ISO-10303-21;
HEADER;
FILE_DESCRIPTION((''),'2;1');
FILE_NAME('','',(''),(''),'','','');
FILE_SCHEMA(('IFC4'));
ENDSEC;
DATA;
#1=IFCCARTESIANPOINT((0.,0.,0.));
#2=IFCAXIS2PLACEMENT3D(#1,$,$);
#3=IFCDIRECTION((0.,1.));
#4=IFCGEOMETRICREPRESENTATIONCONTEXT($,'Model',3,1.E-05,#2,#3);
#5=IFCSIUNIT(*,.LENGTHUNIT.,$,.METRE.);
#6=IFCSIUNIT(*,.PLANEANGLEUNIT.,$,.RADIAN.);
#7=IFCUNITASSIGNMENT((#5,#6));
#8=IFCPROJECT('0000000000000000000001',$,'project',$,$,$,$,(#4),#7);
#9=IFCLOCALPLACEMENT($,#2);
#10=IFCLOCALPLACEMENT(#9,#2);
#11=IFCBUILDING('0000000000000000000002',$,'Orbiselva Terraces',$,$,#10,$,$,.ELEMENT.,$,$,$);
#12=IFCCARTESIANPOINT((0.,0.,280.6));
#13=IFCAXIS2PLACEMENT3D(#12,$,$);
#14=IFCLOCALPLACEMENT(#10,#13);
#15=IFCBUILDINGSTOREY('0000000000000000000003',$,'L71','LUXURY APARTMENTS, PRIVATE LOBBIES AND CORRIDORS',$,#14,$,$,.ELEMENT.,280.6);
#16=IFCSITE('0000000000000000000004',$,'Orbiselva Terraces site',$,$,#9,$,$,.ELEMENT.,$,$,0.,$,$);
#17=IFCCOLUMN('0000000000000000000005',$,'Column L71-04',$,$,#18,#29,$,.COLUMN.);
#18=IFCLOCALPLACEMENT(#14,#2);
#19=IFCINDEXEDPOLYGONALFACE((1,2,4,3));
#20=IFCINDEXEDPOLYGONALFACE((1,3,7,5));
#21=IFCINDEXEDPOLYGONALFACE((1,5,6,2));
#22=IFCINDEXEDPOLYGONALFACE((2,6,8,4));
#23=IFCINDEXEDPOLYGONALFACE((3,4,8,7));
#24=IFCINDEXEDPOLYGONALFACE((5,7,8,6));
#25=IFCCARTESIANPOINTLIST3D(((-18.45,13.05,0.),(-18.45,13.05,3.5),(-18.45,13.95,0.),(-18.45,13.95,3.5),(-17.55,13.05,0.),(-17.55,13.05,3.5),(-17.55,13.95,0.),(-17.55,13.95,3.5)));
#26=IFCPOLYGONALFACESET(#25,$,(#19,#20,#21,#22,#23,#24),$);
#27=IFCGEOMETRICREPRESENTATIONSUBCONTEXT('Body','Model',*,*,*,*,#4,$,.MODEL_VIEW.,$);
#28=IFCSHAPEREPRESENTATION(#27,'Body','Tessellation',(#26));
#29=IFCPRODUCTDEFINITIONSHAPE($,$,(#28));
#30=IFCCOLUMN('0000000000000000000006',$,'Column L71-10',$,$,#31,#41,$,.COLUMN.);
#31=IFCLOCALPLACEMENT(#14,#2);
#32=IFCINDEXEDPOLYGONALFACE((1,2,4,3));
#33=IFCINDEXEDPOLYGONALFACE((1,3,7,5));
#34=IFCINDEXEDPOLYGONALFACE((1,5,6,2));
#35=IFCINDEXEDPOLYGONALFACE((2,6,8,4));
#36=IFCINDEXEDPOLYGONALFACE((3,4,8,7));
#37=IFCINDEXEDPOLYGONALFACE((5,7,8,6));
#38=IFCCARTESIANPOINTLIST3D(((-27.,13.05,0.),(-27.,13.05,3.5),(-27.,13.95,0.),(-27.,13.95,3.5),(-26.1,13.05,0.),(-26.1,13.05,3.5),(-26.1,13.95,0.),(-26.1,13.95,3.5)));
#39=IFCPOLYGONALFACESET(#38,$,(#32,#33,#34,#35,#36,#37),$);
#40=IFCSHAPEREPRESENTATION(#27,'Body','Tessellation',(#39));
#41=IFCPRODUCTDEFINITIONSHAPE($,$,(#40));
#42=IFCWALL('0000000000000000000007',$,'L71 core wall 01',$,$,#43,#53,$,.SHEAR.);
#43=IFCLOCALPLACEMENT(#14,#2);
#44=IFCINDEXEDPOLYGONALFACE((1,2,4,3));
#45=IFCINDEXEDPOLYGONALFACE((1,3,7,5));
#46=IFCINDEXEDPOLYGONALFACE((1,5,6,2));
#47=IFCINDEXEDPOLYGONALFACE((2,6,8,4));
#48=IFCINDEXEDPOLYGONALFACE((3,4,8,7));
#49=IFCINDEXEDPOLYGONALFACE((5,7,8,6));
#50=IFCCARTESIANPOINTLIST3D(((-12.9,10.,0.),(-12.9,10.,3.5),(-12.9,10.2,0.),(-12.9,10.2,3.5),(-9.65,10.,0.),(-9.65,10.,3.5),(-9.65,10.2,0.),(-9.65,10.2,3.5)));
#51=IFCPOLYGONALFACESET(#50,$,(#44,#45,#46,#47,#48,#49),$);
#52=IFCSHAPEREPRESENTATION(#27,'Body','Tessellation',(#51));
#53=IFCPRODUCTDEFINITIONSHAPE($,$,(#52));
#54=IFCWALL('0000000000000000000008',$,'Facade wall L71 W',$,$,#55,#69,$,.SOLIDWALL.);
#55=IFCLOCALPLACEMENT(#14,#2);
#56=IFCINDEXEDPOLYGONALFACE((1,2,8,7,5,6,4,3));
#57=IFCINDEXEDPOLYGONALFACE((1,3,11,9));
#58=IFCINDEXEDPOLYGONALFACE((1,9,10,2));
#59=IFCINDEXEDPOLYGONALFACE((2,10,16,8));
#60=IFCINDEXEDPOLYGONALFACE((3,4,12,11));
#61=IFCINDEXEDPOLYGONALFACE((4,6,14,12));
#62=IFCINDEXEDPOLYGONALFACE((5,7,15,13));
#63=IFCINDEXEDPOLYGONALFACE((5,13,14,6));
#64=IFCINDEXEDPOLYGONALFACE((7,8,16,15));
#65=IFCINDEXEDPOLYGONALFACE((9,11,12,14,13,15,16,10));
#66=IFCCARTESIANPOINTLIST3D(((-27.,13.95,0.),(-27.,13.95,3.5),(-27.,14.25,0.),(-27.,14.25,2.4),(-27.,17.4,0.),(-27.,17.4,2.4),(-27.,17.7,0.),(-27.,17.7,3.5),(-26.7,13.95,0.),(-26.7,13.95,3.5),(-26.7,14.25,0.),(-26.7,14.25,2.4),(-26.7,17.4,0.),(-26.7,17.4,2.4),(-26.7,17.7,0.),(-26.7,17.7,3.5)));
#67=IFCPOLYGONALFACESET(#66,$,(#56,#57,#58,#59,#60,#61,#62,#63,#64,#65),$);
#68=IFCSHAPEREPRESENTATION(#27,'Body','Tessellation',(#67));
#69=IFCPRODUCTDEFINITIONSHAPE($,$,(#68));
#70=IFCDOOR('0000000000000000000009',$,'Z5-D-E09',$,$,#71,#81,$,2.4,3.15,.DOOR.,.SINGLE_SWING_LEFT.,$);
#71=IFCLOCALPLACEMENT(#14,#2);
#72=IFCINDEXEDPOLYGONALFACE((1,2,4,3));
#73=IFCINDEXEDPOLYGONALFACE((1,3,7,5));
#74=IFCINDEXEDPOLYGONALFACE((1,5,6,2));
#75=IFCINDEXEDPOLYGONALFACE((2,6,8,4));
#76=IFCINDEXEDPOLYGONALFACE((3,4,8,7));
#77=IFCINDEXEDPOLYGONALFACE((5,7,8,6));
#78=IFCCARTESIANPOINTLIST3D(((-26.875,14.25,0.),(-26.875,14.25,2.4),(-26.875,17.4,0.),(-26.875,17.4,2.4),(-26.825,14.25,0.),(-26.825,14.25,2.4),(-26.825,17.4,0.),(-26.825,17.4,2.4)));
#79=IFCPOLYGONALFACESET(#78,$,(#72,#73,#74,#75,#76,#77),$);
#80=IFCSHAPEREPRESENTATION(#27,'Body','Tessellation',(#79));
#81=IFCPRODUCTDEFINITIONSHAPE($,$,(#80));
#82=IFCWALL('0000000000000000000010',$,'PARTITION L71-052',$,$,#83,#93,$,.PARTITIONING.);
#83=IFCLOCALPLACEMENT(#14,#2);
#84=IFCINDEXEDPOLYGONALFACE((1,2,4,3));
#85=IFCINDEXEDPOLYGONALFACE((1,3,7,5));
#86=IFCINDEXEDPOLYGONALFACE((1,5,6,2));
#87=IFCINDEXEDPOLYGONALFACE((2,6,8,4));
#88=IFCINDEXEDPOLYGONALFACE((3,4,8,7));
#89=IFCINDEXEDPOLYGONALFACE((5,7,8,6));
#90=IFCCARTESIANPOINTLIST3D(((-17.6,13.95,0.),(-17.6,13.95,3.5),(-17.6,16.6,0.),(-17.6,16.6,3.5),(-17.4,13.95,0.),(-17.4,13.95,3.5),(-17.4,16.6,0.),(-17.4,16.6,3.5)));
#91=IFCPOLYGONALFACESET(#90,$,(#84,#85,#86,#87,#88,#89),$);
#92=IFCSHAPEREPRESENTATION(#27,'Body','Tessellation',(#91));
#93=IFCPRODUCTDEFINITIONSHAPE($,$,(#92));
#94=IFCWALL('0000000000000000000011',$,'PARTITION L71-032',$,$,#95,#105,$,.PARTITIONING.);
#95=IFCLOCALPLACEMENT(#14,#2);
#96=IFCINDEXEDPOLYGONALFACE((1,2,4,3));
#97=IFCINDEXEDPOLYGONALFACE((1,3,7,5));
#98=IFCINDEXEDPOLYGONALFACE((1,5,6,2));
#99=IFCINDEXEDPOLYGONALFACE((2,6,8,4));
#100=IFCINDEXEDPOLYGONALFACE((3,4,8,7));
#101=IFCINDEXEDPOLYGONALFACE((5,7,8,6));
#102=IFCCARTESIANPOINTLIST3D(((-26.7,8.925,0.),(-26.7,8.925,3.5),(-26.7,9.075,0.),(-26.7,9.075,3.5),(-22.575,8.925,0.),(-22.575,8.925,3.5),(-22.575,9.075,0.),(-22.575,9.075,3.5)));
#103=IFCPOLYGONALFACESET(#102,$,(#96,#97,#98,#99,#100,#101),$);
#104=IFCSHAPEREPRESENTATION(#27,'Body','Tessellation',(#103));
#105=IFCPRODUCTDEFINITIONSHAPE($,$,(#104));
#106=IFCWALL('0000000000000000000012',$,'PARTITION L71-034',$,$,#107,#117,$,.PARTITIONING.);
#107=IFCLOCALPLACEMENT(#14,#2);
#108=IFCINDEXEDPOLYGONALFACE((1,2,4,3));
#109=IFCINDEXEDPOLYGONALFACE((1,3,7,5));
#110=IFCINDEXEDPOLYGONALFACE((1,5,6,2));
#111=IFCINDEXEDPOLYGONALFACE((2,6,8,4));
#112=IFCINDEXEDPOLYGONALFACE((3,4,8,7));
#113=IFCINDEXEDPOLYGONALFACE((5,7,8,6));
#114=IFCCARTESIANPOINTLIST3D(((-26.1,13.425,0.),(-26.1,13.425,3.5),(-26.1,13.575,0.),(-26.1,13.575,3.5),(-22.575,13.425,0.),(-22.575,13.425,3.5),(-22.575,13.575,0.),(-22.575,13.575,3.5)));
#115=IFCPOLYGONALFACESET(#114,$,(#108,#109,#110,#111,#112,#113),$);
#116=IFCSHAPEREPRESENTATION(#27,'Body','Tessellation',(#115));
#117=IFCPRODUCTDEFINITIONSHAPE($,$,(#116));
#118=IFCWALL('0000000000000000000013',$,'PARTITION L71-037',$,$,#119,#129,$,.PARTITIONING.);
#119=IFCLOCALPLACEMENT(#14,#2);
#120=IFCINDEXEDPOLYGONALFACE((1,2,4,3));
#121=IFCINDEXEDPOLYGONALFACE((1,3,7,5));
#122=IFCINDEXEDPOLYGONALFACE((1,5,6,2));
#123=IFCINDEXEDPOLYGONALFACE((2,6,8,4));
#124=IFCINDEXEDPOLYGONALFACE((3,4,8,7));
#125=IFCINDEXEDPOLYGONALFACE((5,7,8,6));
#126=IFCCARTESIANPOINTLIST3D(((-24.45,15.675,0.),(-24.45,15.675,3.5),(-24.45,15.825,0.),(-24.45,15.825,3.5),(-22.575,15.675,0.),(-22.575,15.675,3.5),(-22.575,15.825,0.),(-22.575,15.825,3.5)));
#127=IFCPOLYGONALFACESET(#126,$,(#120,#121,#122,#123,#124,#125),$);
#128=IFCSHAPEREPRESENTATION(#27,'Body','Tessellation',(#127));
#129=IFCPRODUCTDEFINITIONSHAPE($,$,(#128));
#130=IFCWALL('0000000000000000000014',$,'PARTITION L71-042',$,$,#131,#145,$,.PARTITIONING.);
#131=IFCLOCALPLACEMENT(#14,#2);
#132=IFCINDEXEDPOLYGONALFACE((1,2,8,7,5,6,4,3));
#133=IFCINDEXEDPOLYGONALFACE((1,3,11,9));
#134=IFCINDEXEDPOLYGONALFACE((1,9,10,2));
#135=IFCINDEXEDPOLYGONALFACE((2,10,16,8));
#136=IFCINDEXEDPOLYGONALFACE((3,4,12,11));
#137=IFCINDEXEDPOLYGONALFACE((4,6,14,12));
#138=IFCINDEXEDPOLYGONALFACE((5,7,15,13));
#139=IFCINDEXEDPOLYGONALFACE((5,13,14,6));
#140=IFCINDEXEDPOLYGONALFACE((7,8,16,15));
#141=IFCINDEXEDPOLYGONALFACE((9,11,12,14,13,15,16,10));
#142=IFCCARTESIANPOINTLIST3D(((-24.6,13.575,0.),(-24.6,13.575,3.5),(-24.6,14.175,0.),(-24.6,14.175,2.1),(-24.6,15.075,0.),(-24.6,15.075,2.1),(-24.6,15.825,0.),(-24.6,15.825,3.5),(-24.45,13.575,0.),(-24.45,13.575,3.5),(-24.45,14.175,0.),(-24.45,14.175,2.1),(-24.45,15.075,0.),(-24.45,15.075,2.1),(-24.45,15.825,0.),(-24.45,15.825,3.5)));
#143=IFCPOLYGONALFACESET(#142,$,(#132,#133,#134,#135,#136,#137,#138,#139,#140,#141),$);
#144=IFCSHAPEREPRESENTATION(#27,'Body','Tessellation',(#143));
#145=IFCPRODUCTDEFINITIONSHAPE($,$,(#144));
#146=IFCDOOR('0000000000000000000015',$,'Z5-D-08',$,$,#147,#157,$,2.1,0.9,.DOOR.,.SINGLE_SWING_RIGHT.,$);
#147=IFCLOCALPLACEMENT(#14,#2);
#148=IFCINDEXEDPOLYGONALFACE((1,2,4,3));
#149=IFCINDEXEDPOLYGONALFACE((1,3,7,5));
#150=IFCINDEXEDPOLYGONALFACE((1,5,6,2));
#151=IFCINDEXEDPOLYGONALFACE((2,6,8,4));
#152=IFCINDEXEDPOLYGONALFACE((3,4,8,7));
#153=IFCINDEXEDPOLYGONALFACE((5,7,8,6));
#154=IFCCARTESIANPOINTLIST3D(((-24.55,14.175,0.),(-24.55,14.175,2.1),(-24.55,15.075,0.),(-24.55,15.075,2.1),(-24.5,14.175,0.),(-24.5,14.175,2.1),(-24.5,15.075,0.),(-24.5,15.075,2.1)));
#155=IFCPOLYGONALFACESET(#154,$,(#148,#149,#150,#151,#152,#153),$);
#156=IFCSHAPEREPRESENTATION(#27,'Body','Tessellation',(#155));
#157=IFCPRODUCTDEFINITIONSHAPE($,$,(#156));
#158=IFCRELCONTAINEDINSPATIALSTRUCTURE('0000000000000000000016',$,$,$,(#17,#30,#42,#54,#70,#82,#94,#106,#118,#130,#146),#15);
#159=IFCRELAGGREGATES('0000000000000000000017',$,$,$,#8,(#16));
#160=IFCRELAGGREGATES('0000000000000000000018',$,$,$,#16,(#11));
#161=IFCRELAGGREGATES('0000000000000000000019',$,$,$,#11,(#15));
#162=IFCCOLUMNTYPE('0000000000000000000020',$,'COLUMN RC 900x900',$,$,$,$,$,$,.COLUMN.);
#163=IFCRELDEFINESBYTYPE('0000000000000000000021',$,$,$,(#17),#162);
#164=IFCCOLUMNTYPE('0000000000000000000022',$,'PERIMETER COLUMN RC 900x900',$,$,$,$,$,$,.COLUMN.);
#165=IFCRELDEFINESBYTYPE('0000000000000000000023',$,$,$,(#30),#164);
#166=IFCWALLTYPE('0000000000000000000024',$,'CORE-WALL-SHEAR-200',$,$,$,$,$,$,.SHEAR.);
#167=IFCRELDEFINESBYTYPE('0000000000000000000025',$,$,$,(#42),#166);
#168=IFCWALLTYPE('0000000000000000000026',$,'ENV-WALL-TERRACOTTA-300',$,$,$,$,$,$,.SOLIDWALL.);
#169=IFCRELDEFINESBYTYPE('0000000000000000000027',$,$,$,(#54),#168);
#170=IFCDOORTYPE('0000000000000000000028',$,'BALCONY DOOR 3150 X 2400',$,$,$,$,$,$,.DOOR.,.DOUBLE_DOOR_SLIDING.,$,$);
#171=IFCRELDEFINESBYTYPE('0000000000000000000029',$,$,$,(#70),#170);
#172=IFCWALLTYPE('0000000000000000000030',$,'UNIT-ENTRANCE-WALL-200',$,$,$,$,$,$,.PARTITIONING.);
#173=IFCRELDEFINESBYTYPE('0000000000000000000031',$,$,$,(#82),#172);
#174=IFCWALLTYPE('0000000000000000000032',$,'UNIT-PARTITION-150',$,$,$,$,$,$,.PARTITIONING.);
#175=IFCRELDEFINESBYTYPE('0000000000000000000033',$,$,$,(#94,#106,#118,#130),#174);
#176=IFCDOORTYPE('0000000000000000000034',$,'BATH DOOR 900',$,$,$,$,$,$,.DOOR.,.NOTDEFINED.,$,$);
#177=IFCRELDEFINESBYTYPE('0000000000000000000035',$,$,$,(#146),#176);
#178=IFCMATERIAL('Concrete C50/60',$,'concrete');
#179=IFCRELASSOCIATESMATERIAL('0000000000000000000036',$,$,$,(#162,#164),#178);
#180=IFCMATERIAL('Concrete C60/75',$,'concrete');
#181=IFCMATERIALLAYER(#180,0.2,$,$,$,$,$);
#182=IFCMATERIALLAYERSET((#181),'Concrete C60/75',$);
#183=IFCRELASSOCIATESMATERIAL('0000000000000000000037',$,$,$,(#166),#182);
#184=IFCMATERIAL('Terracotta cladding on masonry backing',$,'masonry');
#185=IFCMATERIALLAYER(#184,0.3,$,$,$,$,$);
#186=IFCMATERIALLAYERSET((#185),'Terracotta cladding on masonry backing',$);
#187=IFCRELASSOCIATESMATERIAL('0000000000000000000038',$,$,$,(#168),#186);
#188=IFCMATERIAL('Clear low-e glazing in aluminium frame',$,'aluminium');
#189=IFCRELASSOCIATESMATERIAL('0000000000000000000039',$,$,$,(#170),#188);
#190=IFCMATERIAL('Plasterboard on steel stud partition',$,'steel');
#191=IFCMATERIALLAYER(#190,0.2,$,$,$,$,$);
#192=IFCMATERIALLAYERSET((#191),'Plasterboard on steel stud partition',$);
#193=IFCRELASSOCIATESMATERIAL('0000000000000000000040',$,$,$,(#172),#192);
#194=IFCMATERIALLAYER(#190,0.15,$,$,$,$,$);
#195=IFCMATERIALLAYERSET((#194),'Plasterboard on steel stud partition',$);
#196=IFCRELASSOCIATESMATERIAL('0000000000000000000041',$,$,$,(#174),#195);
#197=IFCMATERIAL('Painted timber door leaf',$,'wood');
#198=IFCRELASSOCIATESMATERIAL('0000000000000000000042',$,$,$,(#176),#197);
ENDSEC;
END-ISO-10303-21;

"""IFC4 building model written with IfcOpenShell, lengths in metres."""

from ifc_helpers import new_model, si_unit, direction, frame, frame_2d, origin, origin_2d, place, context, subcontext, project, spatial, rectangle, extrude, material, layer, layer_set, material_profile, profile_set, type_object, element, fill, save


model = new_model("IFC4")

# Units and contexts
model_context = context("Model", 3, precision=1e-05, world=origin(), true_north=direction((0.0, 1.0)))
body_context = subcontext(model_context, "Body", "Model", "MODEL_VIEW")
ifc_project = project(units=[si_unit("LENGTHUNIT", "METRE"), si_unit("PLANEANGLEUNIT", "RADIAN")], contexts=[model_context])

# Site, building, storey
site_placement = place(None, origin())
site = spatial("IfcSite", under=ifc_project, at=site_placement, Name="Orbiselva Terraces site", CompositionType="ELEMENT", RefElevation=0.0)
building_placement = place(site_placement, origin())
building = spatial("IfcBuilding", under=site, at=building_placement, Name="Orbiselva Terraces", CompositionType="ELEMENT")
storey_placement = place(building_placement, frame((0.0, 0.0, 280.6)))
storey = spatial("IfcBuildingStorey", under=building, at=storey_placement, Name="L71", Description="LUXURY APARTMENTS, PRIVATE LOBBIES AND CORRIDORS", CompositionType="ELEMENT", Elevation=280.6)

# Columns
ifc_material_1 = material(Name="Concrete C50/60", Category="concrete")
ifc_material_profile_1 = material_profile(ifc_material_1, rectangle(XDim=0.9, YDim=0.9, at=origin_2d()), Name="RC 900x900")
ifc_profile_set_1 = profile_set([ifc_material_profile_1], Name="Concrete C50/60")
column_type_1 = type_object("IfcColumnType", Name="COLUMN RC 900x900", PredefinedType="COLUMN", material=ifc_profile_set_1)
column_1_placement = place(storey_placement, frame((-18.0, 13.5, 0.0), z_axis=(0.0, 0.0, 1.0), x_axis=(1.0, 0.0, 0.0)))
element("IfcColumn", 1, at=column_1_placement, inside=storey, type_object=column_type_1, Name="Column L71-04", PredefinedType="COLUMN", context=body_context, shape_type="SweptSolid", body=[
    extrude(rectangle(XDim=0.9, YDim=0.9, at=origin_2d()), origin(), (0.0, 0.0, 1.0), 3.5),
])
ifc_material_profile_2 = material_profile(ifc_material_1, rectangle(XDim=0.9, YDim=0.9, at=origin_2d()), Name="RC 900x900")
ifc_profile_set_2 = profile_set([ifc_material_profile_2], Name="Concrete C50/60")
column_type_2 = type_object("IfcColumnType", Name="PERIMETER COLUMN RC 900x900", PredefinedType="COLUMN", material=ifc_profile_set_2)
column_2_placement = place(storey_placement, frame((-26.55, 13.5, 0.0), z_axis=(0.0, 0.0, 1.0), x_axis=(1.0, 0.0, 0.0)))
element("IfcColumn", 2, at=column_2_placement, inside=storey, type_object=column_type_2, Name="Column L71-10", PredefinedType="COLUMN", context=body_context, shape_type="SweptSolid", body=[
    extrude(rectangle(XDim=0.9, YDim=0.9, at=origin_2d()), origin(), (0.0, 0.0, 1.0), 3.5),
])

# Wall
ifc_material_2 = material(Name="Concrete C60/75", Category="concrete")
ifc_layer_1 = layer(ifc_material_2, 0.2)
ifc_layer_set_1 = layer_set([ifc_layer_1], Name="Concrete C60/75")
wall_type_1 = type_object("IfcWallType", Name="CORE-WALL-SHEAR-200", PredefinedType="SHEAR", material=ifc_layer_set_1)
wall_1_placement = place(storey_placement, frame((-12.9, 10.1, 0.0), z_axis=(0.0, 0.0, 1.0), x_axis=(1.0, 0.0, 0.0)))
element("IfcWall", 3, at=wall_1_placement, inside=storey, type_object=wall_type_1, Name="L71 core wall 01", PredefinedType="SHEAR", context=body_context, shape_type="SweptSolid", body=[
    extrude(rectangle(XDim=3.25, YDim=0.2, at=frame_2d((1.625, 0.0))), origin(), (0.0, 0.0, 1.0), 3.5),
])

# Wall, opening, door
ifc_material_3 = material(Name="Terracotta cladding on masonry backing", Category="masonry")
ifc_layer_2 = layer(ifc_material_3, 0.3)
ifc_layer_set_2 = layer_set([ifc_layer_2], Name="Terracotta cladding on masonry backing")
wall_type_2 = type_object("IfcWallType", Name="ENV-WALL-TERRACOTTA-300", PredefinedType="SOLIDWALL", material=ifc_layer_set_2)
wall_2_placement = place(storey_placement, frame((-26.85, 13.95, 0.0), z_axis=(0.0, 0.0, 1.0), x_axis=(0.0, 1.0, 0.0)))
wall_2 = element("IfcWall", 4, at=wall_2_placement, inside=storey, type_object=wall_type_2, Name="Facade wall L71 W", PredefinedType="SOLIDWALL", context=body_context, shape_type="SweptSolid", body=[
    extrude(rectangle(XDim=3.75, YDim=0.3, at=frame_2d((1.875, 0.0))), origin(), (0.0, 0.0, 1.0), 3.5),
])
opening_1_placement = place(wall_2_placement, frame((0.3, 0.0, 0.0)))
opening_1 = element("IfcOpeningElement", 5, at=opening_1_placement, cuts=wall_2, PredefinedType="OPENING", context=body_context, shape_type="SweptSolid", body=[
    extrude(rectangle(XDim=3.15, YDim=2.4, at=frame_2d((1.575, 1.2))), frame((0.0, 0.16, 0.0), z_axis=(0.0, -1.0, 0.0), x_axis=(1.0, 0.0, 0.0)), (0.0, 0.0, 1.0), 0.32),
])
ifc_material_4 = material(Name="Clear low-e glazing in aluminium frame", Category="aluminium")
door_type_1 = type_object("IfcDoorType", Name="BALCONY DOOR 3150 X 2400", OperationType="DOUBLE_DOOR_SLIDING", PredefinedType="DOOR", material=ifc_material_4)
door_1_placement = place(opening_1_placement, origin())
door_1 = element("IfcDoor", 6, at=door_1_placement, inside=storey, type_object=door_type_1, Name="Z5-D-E09", OperationType="SINGLE_SWING_LEFT", OverallHeight=2.4, OverallWidth=3.15, PredefinedType="DOOR", context=body_context, shape_type="SweptSolid", body=[
    extrude(rectangle(XDim=3.15, YDim=2.4, at=frame_2d((1.575, 1.2))), frame((0.0, 0.025, 0.0), z_axis=(0.0, -1.0, 0.0), x_axis=(1.0, 0.0, 0.0)), (0.0, 0.0, 1.0), 0.05),
])
fill(opening_1, door_1)

# Walls
ifc_material_5 = material(Name="Plasterboard on steel stud partition", Category="steel")
ifc_layer_3 = layer(ifc_material_5, 0.2)
ifc_layer_set_3 = layer_set([ifc_layer_3], Name="Plasterboard on steel stud partition")
wall_type_3 = type_object("IfcWallType", Name="UNIT-ENTRANCE-WALL-200", PredefinedType="PARTITIONING", material=ifc_layer_set_3)
wall_3_placement = place(storey_placement, frame((-17.5, 13.95, 0.0), z_axis=(0.0, 0.0, 1.0), x_axis=(0.0, 1.0, 0.0)))
element("IfcWall", 7, at=wall_3_placement, inside=storey, type_object=wall_type_3, Name="PARTITION L71-052", PredefinedType="PARTITIONING", context=body_context, shape_type="SweptSolid", body=[
    extrude(rectangle(XDim=2.65, YDim=0.2, at=frame_2d((1.325, 0.0))), origin(), (0.0, 0.0, 1.0), 3.5),
])
ifc_layer_4 = layer(ifc_material_5, 0.15)
ifc_layer_set_4 = layer_set([ifc_layer_4], Name="Plasterboard on steel stud partition")
wall_type_4 = type_object("IfcWallType", Name="UNIT-PARTITION-150", PredefinedType="PARTITIONING", material=ifc_layer_set_4)
wall_4_placement = place(storey_placement, frame((-26.7, 9.0, 0.0), z_axis=(0.0, 0.0, 1.0), x_axis=(1.0, 0.0, 0.0)))
element("IfcWall", 8, at=wall_4_placement, inside=storey, type_object=wall_type_4, Name="PARTITION L71-032", PredefinedType="PARTITIONING", context=body_context, shape_type="SweptSolid", body=[
    extrude(rectangle(XDim=4.125, YDim=0.15, at=frame_2d((2.0625, 0.0))), origin(), (0.0, 0.0, 1.0), 3.5),
])
wall_5_placement = place(storey_placement, frame((-26.1, 13.5, 0.0), z_axis=(0.0, 0.0, 1.0), x_axis=(1.0, 0.0, 0.0)))
element("IfcWall", 9, at=wall_5_placement, inside=storey, type_object=wall_type_4, Name="PARTITION L71-034", PredefinedType="PARTITIONING", context=body_context, shape_type="SweptSolid", body=[
    extrude(rectangle(XDim=3.525, YDim=0.15, at=frame_2d((1.7625, 0.0))), origin(), (0.0, 0.0, 1.0), 3.5),
])
wall_6_placement = place(storey_placement, frame((-24.45, 15.75, 0.0), z_axis=(0.0, 0.0, 1.0), x_axis=(1.0, 0.0, 0.0)))
element("IfcWall", 10, at=wall_6_placement, inside=storey, type_object=wall_type_4, Name="PARTITION L71-037", PredefinedType="PARTITIONING", context=body_context, shape_type="SweptSolid", body=[
    extrude(rectangle(XDim=1.875, YDim=0.15, at=frame_2d((0.9375, 0.0))), origin(), (0.0, 0.0, 1.0), 3.5),
])

# Wall, opening, door
wall_7_placement = place(storey_placement, frame((-24.525, 15.825, 0.0), z_axis=(0.0, 0.0, 1.0), x_axis=(0.0, -1.0, 0.0)))
wall_7 = element("IfcWall", 11, at=wall_7_placement, inside=storey, type_object=wall_type_4, Name="PARTITION L71-042", PredefinedType="PARTITIONING", context=body_context, shape_type="SweptSolid", body=[
    extrude(rectangle(XDim=2.25, YDim=0.15, at=frame_2d((1.125, 0.0))), origin(), (0.0, 0.0, 1.0), 3.5),
])
opening_2_placement = place(wall_7_placement, frame((0.75, 0.0, 0.0)))
opening_2 = element("IfcOpeningElement", 12, at=opening_2_placement, cuts=wall_7, PredefinedType="OPENING", context=body_context, shape_type="SweptSolid", body=[
    extrude(rectangle(XDim=0.9, YDim=2.1, at=frame_2d((0.45, 1.05))), frame((0.0, 0.085, 0.0), z_axis=(0.0, -1.0, 0.0), x_axis=(1.0, 0.0, 0.0)), (0.0, 0.0, 1.0), 0.17),
])
ifc_material_6 = material(Name="Painted timber door leaf", Category="wood")
door_type_2 = type_object("IfcDoorType", Name="BATH DOOR 900", OperationType="NOTDEFINED", PredefinedType="DOOR", material=ifc_material_6)
door_2_placement = place(opening_2_placement, origin())
door_2 = element("IfcDoor", 13, at=door_2_placement, inside=storey, type_object=door_type_2, Name="Z5-D-08", OperationType="SINGLE_SWING_RIGHT", OverallHeight=2.1, OverallWidth=0.9, PredefinedType="DOOR", context=body_context, shape_type="SweptSolid", body=[
    extrude(rectangle(XDim=0.9, YDim=2.1, at=frame_2d((0.45, 1.05))), frame((0.0, 0.025, 0.0), z_axis=(0.0, -1.0, 0.0), x_axis=(1.0, 0.0, 0.0)), (0.0, 0.0, 1.0), 0.05),
])
fill(opening_2, door_2)

save(model, "model.ifc")
